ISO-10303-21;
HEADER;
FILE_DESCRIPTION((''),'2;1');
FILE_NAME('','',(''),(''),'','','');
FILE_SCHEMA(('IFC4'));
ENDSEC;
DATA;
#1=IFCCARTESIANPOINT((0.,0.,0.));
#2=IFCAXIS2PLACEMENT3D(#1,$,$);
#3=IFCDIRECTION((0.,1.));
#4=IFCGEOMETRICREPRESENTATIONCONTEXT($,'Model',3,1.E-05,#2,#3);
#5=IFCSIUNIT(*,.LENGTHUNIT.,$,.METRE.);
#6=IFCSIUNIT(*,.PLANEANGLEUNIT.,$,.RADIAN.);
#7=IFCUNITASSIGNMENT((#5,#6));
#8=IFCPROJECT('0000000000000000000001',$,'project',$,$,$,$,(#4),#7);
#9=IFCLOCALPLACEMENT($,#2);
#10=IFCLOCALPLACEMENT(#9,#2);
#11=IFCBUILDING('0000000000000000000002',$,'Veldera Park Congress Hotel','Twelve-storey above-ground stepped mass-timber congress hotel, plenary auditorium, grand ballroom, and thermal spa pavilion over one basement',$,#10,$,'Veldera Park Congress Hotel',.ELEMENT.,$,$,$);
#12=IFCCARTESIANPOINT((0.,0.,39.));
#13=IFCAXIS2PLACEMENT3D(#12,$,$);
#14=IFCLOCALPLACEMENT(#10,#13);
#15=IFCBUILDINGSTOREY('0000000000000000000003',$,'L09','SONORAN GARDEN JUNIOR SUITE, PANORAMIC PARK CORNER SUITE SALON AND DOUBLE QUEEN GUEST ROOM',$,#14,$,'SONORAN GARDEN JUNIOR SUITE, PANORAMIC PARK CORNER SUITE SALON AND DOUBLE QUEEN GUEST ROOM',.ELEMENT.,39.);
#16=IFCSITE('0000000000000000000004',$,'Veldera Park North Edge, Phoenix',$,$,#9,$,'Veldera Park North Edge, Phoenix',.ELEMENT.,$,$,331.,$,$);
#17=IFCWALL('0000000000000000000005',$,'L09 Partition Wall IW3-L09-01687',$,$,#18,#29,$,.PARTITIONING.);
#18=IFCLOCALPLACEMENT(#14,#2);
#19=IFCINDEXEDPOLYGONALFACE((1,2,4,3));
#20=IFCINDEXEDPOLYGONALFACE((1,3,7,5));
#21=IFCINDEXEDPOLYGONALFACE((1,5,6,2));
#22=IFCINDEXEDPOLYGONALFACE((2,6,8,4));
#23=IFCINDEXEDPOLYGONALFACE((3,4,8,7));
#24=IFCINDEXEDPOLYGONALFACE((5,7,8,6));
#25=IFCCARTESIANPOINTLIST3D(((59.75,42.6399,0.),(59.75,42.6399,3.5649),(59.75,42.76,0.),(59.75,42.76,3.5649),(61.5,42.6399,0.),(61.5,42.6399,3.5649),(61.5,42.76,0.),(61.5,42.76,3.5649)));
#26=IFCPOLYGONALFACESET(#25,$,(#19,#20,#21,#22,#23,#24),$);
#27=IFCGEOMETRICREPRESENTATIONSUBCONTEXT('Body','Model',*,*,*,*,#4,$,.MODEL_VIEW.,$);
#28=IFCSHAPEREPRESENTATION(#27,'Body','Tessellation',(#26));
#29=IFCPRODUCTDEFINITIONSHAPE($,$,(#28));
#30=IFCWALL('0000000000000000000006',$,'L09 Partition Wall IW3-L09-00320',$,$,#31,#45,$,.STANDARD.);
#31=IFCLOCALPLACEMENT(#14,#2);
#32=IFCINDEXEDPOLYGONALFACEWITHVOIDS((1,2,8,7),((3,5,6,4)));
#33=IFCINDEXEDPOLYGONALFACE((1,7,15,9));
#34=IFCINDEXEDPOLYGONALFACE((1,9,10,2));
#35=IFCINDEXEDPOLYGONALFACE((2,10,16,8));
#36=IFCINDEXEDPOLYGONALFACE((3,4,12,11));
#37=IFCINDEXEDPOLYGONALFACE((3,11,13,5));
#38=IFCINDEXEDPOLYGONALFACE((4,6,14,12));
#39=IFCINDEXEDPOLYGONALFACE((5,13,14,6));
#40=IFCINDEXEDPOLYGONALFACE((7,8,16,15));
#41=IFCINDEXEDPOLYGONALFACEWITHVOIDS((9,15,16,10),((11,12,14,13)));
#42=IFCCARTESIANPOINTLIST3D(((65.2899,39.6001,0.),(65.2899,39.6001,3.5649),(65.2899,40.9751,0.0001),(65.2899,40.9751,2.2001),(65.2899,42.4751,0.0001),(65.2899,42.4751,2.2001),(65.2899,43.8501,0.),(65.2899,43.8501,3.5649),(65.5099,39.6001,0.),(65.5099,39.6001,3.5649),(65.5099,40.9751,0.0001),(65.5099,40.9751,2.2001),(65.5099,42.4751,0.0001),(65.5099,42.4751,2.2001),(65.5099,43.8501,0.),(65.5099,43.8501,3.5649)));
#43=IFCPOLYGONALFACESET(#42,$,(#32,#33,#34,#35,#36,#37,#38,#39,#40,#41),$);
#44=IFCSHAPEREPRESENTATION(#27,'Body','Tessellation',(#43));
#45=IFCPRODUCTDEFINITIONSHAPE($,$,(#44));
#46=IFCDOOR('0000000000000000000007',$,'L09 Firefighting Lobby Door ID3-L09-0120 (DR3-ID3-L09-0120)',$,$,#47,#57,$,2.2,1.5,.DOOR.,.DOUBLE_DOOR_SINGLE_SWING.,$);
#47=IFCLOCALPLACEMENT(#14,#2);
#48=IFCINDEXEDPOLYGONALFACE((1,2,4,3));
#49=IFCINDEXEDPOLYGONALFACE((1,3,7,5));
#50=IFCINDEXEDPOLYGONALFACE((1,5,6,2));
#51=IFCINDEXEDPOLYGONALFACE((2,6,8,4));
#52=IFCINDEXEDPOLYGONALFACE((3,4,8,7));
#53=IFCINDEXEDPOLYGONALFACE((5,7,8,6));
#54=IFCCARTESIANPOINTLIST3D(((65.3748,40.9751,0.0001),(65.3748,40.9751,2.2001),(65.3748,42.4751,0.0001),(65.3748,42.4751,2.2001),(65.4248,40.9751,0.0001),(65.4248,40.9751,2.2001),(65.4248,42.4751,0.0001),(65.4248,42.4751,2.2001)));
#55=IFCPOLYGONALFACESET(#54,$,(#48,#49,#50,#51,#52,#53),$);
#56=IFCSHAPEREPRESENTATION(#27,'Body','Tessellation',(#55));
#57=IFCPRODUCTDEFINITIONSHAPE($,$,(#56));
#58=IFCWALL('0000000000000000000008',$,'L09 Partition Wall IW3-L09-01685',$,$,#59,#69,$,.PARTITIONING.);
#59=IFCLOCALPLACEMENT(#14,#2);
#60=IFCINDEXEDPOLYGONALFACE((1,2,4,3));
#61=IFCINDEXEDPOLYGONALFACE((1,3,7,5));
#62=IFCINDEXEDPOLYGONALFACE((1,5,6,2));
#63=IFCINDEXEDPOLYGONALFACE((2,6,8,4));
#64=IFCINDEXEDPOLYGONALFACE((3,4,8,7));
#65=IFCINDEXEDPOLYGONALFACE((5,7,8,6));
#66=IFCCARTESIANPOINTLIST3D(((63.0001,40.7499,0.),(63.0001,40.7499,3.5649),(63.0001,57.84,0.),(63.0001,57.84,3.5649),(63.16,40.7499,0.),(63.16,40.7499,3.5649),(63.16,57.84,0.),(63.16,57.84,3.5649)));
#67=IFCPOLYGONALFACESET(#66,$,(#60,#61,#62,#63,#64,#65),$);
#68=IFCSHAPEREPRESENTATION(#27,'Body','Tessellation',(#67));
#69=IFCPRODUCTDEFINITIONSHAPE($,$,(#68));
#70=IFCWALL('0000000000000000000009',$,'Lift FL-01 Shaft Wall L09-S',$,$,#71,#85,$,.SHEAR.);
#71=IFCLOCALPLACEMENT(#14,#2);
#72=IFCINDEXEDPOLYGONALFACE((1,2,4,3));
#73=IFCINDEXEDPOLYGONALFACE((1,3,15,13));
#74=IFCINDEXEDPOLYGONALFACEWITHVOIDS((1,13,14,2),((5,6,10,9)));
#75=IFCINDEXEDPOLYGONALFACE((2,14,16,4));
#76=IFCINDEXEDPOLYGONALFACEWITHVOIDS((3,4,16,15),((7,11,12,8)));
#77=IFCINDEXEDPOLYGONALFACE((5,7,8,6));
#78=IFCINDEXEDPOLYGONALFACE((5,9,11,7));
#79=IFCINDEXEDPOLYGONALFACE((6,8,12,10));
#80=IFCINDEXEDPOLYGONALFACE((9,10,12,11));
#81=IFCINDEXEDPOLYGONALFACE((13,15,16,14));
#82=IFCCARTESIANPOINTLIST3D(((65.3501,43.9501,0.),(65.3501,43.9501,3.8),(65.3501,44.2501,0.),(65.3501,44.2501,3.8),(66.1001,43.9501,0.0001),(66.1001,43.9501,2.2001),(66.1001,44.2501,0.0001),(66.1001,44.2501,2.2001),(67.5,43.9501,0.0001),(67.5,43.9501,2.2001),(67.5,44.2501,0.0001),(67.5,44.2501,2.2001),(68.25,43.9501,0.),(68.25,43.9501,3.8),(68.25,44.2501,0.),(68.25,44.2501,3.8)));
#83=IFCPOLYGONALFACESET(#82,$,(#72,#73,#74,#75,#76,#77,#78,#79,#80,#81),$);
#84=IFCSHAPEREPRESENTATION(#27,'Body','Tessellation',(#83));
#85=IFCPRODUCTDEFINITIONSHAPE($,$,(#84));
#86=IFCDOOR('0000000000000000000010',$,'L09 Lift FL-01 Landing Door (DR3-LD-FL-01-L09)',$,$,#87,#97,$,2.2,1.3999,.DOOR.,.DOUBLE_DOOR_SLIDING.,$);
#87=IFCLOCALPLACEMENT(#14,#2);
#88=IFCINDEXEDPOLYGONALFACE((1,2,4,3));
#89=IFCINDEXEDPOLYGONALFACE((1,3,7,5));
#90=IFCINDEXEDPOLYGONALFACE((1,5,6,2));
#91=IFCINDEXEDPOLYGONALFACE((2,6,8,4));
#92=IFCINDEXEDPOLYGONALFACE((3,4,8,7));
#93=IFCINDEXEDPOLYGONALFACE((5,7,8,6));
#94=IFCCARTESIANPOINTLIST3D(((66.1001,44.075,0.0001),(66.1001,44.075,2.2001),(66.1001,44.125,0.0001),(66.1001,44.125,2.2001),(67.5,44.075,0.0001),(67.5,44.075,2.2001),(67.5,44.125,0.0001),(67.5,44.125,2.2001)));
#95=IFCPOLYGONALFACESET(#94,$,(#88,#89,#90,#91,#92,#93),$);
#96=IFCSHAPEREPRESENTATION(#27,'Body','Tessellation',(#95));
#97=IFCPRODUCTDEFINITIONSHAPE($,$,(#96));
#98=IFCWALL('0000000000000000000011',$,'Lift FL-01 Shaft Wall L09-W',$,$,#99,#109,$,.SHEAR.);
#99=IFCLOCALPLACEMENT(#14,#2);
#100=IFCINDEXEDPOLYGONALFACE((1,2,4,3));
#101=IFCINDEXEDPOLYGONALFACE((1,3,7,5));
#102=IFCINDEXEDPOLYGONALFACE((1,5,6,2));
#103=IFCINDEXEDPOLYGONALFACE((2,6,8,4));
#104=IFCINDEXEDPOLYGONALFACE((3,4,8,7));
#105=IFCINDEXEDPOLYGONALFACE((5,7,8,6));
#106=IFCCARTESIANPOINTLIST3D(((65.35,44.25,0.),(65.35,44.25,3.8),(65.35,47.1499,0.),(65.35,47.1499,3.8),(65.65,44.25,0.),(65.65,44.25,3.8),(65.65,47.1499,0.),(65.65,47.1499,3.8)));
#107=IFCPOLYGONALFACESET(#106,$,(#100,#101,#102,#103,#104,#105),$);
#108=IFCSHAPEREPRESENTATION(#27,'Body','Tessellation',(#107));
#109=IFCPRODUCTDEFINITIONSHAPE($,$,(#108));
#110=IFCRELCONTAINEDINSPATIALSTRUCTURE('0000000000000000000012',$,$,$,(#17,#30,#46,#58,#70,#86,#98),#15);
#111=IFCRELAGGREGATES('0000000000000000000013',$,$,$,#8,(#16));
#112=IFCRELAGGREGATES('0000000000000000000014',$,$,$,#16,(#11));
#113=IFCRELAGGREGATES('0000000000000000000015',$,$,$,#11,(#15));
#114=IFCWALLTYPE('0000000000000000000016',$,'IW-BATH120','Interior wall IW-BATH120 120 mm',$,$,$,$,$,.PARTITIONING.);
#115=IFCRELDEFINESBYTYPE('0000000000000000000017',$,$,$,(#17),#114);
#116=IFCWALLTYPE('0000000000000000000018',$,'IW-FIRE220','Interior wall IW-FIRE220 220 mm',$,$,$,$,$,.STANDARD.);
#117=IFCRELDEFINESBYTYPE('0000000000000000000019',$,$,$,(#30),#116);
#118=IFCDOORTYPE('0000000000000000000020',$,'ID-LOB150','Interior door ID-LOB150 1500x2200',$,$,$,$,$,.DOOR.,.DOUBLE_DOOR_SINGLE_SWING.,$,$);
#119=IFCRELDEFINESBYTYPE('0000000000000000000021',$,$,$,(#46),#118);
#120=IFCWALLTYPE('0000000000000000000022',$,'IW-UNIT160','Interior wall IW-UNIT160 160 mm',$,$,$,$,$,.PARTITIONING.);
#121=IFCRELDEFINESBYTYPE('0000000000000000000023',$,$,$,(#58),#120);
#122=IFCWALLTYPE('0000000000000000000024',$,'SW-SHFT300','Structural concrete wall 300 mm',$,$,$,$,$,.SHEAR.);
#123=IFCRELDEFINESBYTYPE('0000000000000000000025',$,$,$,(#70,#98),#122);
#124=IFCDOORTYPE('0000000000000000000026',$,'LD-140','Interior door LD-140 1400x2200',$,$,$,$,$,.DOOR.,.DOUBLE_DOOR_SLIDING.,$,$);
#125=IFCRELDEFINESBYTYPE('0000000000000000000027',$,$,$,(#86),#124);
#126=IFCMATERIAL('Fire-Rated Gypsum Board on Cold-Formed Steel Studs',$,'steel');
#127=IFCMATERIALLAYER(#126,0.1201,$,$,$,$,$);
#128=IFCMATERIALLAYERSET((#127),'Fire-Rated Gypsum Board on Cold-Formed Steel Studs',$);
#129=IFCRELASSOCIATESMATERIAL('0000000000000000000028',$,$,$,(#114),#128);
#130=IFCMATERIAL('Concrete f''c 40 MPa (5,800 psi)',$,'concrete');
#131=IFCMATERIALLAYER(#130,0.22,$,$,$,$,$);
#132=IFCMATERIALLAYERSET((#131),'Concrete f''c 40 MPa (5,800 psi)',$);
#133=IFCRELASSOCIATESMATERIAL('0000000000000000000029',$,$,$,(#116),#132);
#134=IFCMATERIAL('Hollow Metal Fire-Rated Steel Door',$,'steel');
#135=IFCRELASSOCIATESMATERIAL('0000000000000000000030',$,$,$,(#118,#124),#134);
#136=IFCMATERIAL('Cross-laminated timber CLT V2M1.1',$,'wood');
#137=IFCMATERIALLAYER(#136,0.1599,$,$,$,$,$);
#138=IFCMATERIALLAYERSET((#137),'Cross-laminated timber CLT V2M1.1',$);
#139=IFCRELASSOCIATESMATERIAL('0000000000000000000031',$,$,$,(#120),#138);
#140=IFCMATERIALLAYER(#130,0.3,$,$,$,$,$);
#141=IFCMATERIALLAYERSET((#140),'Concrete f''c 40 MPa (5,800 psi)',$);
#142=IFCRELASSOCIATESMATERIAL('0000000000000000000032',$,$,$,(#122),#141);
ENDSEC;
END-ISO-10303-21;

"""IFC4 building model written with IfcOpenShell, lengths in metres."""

from ifc_helpers import new_model, si_unit, direction, frame, frame_2d, origin, place, context, subcontext, project, spatial, rectangle, extrude, material, layer, layer_set, type_object, element, fill, save


model = new_model("IFC4")

# Units and contexts
model_context = context("Model", 3, precision=1e-05, world=origin(), true_north=direction((0.0, 1.0)))
body_context = subcontext(model_context, "Body", "Model", "MODEL_VIEW")
ifc_project = project(units=[si_unit("LENGTHUNIT", "METRE"), si_unit("PLANEANGLEUNIT", "RADIAN")], contexts=[model_context])

# Site, building, storey
site_placement = place(None, origin())
site = spatial("IfcSite", under=ifc_project, at=site_placement, Name="Veldera Park North Edge, Phoenix", LongName="Veldera Park North Edge, Phoenix", CompositionType="ELEMENT", RefElevation=331.0)
building_placement = place(site_placement, origin())
building = spatial("IfcBuilding", under=site, at=building_placement, Name="Veldera Park Congress Hotel", Description="Twelve-storey above-ground stepped mass-timber congress hotel, plenary auditorium, grand ballroom, and thermal spa pavilion over one basement", LongName="Veldera Park Congress Hotel", CompositionType="ELEMENT")
storey_placement = place(building_placement, frame((0.0, 0.0, 39.0)))
storey = spatial("IfcBuildingStorey", under=building, at=storey_placement, Name="L09", Description="SONORAN GARDEN JUNIOR SUITE, PANORAMIC PARK CORNER SUITE SALON AND DOUBLE QUEEN GUEST ROOM", LongName="SONORAN GARDEN JUNIOR SUITE, PANORAMIC PARK CORNER SUITE SALON AND DOUBLE QUEEN GUEST ROOM", CompositionType="ELEMENT", Elevation=39.0)

# Shared definitions
ifc_material_1 = material(Name="Cross-laminated timber CLT V2M1.1", Category="wood")

# Shared definitions
ifc_material_2 = material(Name="Fire-Rated Gypsum Board on Cold-Formed Steel Studs", Category="steel")
ifc_layer_1 = layer(ifc_material_2, 0.1201)
ifc_layer_set_1 = layer_set([ifc_layer_1], Name="Fire-Rated Gypsum Board on Cold-Formed Steel Studs")
wall_type_1 = type_object("IfcWallType", Name="IW-BATH120", Description="Interior wall IW-BATH120 120 mm", PredefinedType="PARTITIONING", material=ifc_layer_set_1)

# Wall
wall_1_placement = place(storey_placement, frame((59.75, 42.7, 0.0), z_axis=(0.0, 0.0, 1.0), x_axis=(1.0, 0.0, 0.0)))
element("IfcWall", 1, at=wall_1_placement, inside=storey, type_object=wall_type_1, Name="L09 Partition Wall IW3-L09-01687", PredefinedType="PARTITIONING", context=body_context, shape_type="SweptSolid", body=[
    extrude(rectangle(XDim=1.75, YDim=0.1201, at=frame_2d((0.875, 0.0))), origin(), (0.0, 0.0, 1.0), 3.5649),
])

# Wall, opening, door
ifc_material_3 = material(Name="Concrete f'c 40 MPa (5,800 psi)", Category="concrete")
ifc_layer_2 = layer(ifc_material_3, 0.22)
ifc_layer_set_2 = layer_set([ifc_layer_2], Name="Concrete f'c 40 MPa (5,800 psi)")
wall_type_2 = type_object("IfcWallType", Name="IW-FIRE220", Description="Interior wall IW-FIRE220 220 mm", PredefinedType="STANDARD", material=ifc_layer_set_2)
wall_2_placement = place(storey_placement, frame((65.3999, 43.8501, 0.0), z_axis=(0.0, 0.0, 1.0), x_axis=(0.0, -1.0, 0.0)))
wall_2 = element("IfcWall", 2, at=wall_2_placement, inside=storey, type_object=wall_type_2, Name="L09 Partition Wall IW3-L09-00320", PredefinedType="STANDARD", context=body_context, shape_type="SweptSolid", body=[
    extrude(rectangle(XDim=4.25, YDim=0.22, at=frame_2d((2.125, 0.0))), origin(), (0.0, 0.0, 1.0), 3.5649),
])
opening_1_placement = place(wall_2_placement, frame((1.375, 0.0, 0.0)))
opening_1 = element("IfcOpeningElement", 3, at=opening_1_placement, cuts=wall_2, PredefinedType="OPENING", context=body_context, shape_type="SweptSolid", body=[
    extrude(rectangle(XDim=1.5, YDim=2.2, at=frame_2d((0.75, 1.1001))), frame((0.0, 0.1221, 0.0), z_axis=(0.0, -1.0, 0.0), x_axis=(1.0, 0.0, 0.0)), (0.0, 0.0, 1.0), 0.2439),
])
ifc_material_4 = material(Name="Hollow Metal Fire-Rated Steel Door", Category="steel")
door_type_1 = type_object("IfcDoorType", Name="ID-LOB150", Description="Interior door ID-LOB150 1500x2200", OperationType="DOUBLE_DOOR_SINGLE_SWING", PredefinedType="DOOR", material=ifc_material_4)
door_1_placement = place(opening_1_placement, origin())
door_1 = element("IfcDoor", 4, at=door_1_placement, inside=storey, type_object=door_type_1, Name="L09 Firefighting Lobby Door ID3-L09-0120 (DR3-ID3-L09-0120)", OperationType="DOUBLE_DOOR_SINGLE_SWING", OverallHeight=2.2, OverallWidth=1.5, PredefinedType="DOOR", context=body_context, shape_type="SweptSolid", body=[
    extrude(rectangle(XDim=1.5, YDim=2.2, at=frame_2d((0.75, 1.1001))), frame((0.0, 0.0249, 0.0), z_axis=(0.0, -1.0, 0.0), x_axis=(1.0, 0.0, 0.0)), (0.0, 0.0, 1.0), 0.05),
])
fill(opening_1, door_1)

# Wall
ifc_layer_3 = layer(ifc_material_1, 0.1599)
ifc_layer_set_3 = layer_set([ifc_layer_3], Name="Cross-laminated timber CLT V2M1.1")
wall_type_3 = type_object("IfcWallType", Name="IW-UNIT160", Description="Interior wall IW-UNIT160 160 mm", PredefinedType="PARTITIONING", material=ifc_layer_set_3)
wall_3_placement = place(storey_placement, frame((63.0801, 40.75, 0.0), z_axis=(0.0, 0.0, 1.0), x_axis=(0.0, 1.0, 0.0)))
element("IfcWall", 5, at=wall_3_placement, inside=storey, type_object=wall_type_3, Name="L09 Partition Wall IW3-L09-01685", PredefinedType="PARTITIONING", context=body_context, shape_type="SweptSolid", body=[
    extrude(rectangle(XDim=17.0901, YDim=0.1599, at=frame_2d((8.5449, 0.0))), origin(), (0.0, 0.0, 1.0), 3.5649),
])

# Wall, opening, door
ifc_layer_4 = layer(ifc_material_3, 0.3)
ifc_layer_set_4 = layer_set([ifc_layer_4], Name="Concrete f'c 40 MPa (5,800 psi)")
wall_type_4 = type_object("IfcWallType", Name="SW-SHFT300", Description="Structural concrete wall 300 mm", PredefinedType="SHEAR", material=ifc_layer_set_4)
wall_4_placement = place(storey_placement, frame((65.3501, 44.1001, 0.0), z_axis=(0.0, 0.0, 1.0), x_axis=(1.0, 0.0, 0.0)))
wall_4 = element("IfcWall", 6, at=wall_4_placement, inside=storey, type_object=wall_type_4, Name="Lift FL-01 Shaft Wall L09-S", PredefinedType="SHEAR", context=body_context, shape_type="SweptSolid", body=[
    extrude(rectangle(XDim=2.8999, YDim=0.3, at=frame_2d((1.45, 0.0))), origin(), (0.0, 0.0, 1.0), 3.8),
])
opening_2_placement = place(wall_4_placement, frame((0.75, 0.0, 0.0)))
opening_2 = element("IfcOpeningElement", 7, at=opening_2_placement, cuts=wall_4, PredefinedType="OPENING", context=body_context, shape_type="SweptSolid", body=[
    extrude(rectangle(XDim=1.3999, YDim=2.2, at=frame_2d((0.7, 1.1001))), frame((0.0, 0.1621, 0.0), z_axis=(0.0, -1.0, 0.0), x_axis=(1.0, 0.0, 0.0)), (0.0, 0.0, 1.0), 0.324),
])
door_type_2 = type_object("IfcDoorType", Name="LD-140", Description="Interior door LD-140 1400x2200", OperationType="DOUBLE_DOOR_SLIDING", PredefinedType="DOOR", material=ifc_material_4)
door_2_placement = place(opening_2_placement, origin())
door_2 = element("IfcDoor", 8, at=door_2_placement, inside=storey, type_object=door_type_2, Name="L09 Lift FL-01 Landing Door (DR3-LD-FL-01-L09)", OperationType="DOUBLE_DOOR_SLIDING", OverallHeight=2.2, OverallWidth=1.3999, PredefinedType="DOOR", context=body_context, shape_type="SweptSolid", body=[
    extrude(rectangle(XDim=1.3999, YDim=2.2, at=frame_2d((0.7, 1.1001))), frame((0.0, 0.0249, 0.0), z_axis=(0.0, -1.0, 0.0), x_axis=(1.0, 0.0, 0.0)), (0.0, 0.0, 1.0), 0.05),
])
fill(opening_2, door_2)

# Wall
wall_5_placement = place(storey_placement, frame((65.5, 47.1499, 0.0), z_axis=(0.0, 0.0, 1.0), x_axis=(0.0, -1.0, 0.0)))
element("IfcWall", 9, at=wall_5_placement, inside=storey, type_object=wall_type_4, Name="Lift FL-01 Shaft Wall L09-W", PredefinedType="SHEAR", context=body_context, shape_type="SweptSolid", body=[
    extrude(rectangle(XDim=2.8999, YDim=0.3, at=frame_2d((1.45, 0.0))), origin(), (0.0, 0.0, 1.0), 3.8),
])

save(model, "model.ifc")
